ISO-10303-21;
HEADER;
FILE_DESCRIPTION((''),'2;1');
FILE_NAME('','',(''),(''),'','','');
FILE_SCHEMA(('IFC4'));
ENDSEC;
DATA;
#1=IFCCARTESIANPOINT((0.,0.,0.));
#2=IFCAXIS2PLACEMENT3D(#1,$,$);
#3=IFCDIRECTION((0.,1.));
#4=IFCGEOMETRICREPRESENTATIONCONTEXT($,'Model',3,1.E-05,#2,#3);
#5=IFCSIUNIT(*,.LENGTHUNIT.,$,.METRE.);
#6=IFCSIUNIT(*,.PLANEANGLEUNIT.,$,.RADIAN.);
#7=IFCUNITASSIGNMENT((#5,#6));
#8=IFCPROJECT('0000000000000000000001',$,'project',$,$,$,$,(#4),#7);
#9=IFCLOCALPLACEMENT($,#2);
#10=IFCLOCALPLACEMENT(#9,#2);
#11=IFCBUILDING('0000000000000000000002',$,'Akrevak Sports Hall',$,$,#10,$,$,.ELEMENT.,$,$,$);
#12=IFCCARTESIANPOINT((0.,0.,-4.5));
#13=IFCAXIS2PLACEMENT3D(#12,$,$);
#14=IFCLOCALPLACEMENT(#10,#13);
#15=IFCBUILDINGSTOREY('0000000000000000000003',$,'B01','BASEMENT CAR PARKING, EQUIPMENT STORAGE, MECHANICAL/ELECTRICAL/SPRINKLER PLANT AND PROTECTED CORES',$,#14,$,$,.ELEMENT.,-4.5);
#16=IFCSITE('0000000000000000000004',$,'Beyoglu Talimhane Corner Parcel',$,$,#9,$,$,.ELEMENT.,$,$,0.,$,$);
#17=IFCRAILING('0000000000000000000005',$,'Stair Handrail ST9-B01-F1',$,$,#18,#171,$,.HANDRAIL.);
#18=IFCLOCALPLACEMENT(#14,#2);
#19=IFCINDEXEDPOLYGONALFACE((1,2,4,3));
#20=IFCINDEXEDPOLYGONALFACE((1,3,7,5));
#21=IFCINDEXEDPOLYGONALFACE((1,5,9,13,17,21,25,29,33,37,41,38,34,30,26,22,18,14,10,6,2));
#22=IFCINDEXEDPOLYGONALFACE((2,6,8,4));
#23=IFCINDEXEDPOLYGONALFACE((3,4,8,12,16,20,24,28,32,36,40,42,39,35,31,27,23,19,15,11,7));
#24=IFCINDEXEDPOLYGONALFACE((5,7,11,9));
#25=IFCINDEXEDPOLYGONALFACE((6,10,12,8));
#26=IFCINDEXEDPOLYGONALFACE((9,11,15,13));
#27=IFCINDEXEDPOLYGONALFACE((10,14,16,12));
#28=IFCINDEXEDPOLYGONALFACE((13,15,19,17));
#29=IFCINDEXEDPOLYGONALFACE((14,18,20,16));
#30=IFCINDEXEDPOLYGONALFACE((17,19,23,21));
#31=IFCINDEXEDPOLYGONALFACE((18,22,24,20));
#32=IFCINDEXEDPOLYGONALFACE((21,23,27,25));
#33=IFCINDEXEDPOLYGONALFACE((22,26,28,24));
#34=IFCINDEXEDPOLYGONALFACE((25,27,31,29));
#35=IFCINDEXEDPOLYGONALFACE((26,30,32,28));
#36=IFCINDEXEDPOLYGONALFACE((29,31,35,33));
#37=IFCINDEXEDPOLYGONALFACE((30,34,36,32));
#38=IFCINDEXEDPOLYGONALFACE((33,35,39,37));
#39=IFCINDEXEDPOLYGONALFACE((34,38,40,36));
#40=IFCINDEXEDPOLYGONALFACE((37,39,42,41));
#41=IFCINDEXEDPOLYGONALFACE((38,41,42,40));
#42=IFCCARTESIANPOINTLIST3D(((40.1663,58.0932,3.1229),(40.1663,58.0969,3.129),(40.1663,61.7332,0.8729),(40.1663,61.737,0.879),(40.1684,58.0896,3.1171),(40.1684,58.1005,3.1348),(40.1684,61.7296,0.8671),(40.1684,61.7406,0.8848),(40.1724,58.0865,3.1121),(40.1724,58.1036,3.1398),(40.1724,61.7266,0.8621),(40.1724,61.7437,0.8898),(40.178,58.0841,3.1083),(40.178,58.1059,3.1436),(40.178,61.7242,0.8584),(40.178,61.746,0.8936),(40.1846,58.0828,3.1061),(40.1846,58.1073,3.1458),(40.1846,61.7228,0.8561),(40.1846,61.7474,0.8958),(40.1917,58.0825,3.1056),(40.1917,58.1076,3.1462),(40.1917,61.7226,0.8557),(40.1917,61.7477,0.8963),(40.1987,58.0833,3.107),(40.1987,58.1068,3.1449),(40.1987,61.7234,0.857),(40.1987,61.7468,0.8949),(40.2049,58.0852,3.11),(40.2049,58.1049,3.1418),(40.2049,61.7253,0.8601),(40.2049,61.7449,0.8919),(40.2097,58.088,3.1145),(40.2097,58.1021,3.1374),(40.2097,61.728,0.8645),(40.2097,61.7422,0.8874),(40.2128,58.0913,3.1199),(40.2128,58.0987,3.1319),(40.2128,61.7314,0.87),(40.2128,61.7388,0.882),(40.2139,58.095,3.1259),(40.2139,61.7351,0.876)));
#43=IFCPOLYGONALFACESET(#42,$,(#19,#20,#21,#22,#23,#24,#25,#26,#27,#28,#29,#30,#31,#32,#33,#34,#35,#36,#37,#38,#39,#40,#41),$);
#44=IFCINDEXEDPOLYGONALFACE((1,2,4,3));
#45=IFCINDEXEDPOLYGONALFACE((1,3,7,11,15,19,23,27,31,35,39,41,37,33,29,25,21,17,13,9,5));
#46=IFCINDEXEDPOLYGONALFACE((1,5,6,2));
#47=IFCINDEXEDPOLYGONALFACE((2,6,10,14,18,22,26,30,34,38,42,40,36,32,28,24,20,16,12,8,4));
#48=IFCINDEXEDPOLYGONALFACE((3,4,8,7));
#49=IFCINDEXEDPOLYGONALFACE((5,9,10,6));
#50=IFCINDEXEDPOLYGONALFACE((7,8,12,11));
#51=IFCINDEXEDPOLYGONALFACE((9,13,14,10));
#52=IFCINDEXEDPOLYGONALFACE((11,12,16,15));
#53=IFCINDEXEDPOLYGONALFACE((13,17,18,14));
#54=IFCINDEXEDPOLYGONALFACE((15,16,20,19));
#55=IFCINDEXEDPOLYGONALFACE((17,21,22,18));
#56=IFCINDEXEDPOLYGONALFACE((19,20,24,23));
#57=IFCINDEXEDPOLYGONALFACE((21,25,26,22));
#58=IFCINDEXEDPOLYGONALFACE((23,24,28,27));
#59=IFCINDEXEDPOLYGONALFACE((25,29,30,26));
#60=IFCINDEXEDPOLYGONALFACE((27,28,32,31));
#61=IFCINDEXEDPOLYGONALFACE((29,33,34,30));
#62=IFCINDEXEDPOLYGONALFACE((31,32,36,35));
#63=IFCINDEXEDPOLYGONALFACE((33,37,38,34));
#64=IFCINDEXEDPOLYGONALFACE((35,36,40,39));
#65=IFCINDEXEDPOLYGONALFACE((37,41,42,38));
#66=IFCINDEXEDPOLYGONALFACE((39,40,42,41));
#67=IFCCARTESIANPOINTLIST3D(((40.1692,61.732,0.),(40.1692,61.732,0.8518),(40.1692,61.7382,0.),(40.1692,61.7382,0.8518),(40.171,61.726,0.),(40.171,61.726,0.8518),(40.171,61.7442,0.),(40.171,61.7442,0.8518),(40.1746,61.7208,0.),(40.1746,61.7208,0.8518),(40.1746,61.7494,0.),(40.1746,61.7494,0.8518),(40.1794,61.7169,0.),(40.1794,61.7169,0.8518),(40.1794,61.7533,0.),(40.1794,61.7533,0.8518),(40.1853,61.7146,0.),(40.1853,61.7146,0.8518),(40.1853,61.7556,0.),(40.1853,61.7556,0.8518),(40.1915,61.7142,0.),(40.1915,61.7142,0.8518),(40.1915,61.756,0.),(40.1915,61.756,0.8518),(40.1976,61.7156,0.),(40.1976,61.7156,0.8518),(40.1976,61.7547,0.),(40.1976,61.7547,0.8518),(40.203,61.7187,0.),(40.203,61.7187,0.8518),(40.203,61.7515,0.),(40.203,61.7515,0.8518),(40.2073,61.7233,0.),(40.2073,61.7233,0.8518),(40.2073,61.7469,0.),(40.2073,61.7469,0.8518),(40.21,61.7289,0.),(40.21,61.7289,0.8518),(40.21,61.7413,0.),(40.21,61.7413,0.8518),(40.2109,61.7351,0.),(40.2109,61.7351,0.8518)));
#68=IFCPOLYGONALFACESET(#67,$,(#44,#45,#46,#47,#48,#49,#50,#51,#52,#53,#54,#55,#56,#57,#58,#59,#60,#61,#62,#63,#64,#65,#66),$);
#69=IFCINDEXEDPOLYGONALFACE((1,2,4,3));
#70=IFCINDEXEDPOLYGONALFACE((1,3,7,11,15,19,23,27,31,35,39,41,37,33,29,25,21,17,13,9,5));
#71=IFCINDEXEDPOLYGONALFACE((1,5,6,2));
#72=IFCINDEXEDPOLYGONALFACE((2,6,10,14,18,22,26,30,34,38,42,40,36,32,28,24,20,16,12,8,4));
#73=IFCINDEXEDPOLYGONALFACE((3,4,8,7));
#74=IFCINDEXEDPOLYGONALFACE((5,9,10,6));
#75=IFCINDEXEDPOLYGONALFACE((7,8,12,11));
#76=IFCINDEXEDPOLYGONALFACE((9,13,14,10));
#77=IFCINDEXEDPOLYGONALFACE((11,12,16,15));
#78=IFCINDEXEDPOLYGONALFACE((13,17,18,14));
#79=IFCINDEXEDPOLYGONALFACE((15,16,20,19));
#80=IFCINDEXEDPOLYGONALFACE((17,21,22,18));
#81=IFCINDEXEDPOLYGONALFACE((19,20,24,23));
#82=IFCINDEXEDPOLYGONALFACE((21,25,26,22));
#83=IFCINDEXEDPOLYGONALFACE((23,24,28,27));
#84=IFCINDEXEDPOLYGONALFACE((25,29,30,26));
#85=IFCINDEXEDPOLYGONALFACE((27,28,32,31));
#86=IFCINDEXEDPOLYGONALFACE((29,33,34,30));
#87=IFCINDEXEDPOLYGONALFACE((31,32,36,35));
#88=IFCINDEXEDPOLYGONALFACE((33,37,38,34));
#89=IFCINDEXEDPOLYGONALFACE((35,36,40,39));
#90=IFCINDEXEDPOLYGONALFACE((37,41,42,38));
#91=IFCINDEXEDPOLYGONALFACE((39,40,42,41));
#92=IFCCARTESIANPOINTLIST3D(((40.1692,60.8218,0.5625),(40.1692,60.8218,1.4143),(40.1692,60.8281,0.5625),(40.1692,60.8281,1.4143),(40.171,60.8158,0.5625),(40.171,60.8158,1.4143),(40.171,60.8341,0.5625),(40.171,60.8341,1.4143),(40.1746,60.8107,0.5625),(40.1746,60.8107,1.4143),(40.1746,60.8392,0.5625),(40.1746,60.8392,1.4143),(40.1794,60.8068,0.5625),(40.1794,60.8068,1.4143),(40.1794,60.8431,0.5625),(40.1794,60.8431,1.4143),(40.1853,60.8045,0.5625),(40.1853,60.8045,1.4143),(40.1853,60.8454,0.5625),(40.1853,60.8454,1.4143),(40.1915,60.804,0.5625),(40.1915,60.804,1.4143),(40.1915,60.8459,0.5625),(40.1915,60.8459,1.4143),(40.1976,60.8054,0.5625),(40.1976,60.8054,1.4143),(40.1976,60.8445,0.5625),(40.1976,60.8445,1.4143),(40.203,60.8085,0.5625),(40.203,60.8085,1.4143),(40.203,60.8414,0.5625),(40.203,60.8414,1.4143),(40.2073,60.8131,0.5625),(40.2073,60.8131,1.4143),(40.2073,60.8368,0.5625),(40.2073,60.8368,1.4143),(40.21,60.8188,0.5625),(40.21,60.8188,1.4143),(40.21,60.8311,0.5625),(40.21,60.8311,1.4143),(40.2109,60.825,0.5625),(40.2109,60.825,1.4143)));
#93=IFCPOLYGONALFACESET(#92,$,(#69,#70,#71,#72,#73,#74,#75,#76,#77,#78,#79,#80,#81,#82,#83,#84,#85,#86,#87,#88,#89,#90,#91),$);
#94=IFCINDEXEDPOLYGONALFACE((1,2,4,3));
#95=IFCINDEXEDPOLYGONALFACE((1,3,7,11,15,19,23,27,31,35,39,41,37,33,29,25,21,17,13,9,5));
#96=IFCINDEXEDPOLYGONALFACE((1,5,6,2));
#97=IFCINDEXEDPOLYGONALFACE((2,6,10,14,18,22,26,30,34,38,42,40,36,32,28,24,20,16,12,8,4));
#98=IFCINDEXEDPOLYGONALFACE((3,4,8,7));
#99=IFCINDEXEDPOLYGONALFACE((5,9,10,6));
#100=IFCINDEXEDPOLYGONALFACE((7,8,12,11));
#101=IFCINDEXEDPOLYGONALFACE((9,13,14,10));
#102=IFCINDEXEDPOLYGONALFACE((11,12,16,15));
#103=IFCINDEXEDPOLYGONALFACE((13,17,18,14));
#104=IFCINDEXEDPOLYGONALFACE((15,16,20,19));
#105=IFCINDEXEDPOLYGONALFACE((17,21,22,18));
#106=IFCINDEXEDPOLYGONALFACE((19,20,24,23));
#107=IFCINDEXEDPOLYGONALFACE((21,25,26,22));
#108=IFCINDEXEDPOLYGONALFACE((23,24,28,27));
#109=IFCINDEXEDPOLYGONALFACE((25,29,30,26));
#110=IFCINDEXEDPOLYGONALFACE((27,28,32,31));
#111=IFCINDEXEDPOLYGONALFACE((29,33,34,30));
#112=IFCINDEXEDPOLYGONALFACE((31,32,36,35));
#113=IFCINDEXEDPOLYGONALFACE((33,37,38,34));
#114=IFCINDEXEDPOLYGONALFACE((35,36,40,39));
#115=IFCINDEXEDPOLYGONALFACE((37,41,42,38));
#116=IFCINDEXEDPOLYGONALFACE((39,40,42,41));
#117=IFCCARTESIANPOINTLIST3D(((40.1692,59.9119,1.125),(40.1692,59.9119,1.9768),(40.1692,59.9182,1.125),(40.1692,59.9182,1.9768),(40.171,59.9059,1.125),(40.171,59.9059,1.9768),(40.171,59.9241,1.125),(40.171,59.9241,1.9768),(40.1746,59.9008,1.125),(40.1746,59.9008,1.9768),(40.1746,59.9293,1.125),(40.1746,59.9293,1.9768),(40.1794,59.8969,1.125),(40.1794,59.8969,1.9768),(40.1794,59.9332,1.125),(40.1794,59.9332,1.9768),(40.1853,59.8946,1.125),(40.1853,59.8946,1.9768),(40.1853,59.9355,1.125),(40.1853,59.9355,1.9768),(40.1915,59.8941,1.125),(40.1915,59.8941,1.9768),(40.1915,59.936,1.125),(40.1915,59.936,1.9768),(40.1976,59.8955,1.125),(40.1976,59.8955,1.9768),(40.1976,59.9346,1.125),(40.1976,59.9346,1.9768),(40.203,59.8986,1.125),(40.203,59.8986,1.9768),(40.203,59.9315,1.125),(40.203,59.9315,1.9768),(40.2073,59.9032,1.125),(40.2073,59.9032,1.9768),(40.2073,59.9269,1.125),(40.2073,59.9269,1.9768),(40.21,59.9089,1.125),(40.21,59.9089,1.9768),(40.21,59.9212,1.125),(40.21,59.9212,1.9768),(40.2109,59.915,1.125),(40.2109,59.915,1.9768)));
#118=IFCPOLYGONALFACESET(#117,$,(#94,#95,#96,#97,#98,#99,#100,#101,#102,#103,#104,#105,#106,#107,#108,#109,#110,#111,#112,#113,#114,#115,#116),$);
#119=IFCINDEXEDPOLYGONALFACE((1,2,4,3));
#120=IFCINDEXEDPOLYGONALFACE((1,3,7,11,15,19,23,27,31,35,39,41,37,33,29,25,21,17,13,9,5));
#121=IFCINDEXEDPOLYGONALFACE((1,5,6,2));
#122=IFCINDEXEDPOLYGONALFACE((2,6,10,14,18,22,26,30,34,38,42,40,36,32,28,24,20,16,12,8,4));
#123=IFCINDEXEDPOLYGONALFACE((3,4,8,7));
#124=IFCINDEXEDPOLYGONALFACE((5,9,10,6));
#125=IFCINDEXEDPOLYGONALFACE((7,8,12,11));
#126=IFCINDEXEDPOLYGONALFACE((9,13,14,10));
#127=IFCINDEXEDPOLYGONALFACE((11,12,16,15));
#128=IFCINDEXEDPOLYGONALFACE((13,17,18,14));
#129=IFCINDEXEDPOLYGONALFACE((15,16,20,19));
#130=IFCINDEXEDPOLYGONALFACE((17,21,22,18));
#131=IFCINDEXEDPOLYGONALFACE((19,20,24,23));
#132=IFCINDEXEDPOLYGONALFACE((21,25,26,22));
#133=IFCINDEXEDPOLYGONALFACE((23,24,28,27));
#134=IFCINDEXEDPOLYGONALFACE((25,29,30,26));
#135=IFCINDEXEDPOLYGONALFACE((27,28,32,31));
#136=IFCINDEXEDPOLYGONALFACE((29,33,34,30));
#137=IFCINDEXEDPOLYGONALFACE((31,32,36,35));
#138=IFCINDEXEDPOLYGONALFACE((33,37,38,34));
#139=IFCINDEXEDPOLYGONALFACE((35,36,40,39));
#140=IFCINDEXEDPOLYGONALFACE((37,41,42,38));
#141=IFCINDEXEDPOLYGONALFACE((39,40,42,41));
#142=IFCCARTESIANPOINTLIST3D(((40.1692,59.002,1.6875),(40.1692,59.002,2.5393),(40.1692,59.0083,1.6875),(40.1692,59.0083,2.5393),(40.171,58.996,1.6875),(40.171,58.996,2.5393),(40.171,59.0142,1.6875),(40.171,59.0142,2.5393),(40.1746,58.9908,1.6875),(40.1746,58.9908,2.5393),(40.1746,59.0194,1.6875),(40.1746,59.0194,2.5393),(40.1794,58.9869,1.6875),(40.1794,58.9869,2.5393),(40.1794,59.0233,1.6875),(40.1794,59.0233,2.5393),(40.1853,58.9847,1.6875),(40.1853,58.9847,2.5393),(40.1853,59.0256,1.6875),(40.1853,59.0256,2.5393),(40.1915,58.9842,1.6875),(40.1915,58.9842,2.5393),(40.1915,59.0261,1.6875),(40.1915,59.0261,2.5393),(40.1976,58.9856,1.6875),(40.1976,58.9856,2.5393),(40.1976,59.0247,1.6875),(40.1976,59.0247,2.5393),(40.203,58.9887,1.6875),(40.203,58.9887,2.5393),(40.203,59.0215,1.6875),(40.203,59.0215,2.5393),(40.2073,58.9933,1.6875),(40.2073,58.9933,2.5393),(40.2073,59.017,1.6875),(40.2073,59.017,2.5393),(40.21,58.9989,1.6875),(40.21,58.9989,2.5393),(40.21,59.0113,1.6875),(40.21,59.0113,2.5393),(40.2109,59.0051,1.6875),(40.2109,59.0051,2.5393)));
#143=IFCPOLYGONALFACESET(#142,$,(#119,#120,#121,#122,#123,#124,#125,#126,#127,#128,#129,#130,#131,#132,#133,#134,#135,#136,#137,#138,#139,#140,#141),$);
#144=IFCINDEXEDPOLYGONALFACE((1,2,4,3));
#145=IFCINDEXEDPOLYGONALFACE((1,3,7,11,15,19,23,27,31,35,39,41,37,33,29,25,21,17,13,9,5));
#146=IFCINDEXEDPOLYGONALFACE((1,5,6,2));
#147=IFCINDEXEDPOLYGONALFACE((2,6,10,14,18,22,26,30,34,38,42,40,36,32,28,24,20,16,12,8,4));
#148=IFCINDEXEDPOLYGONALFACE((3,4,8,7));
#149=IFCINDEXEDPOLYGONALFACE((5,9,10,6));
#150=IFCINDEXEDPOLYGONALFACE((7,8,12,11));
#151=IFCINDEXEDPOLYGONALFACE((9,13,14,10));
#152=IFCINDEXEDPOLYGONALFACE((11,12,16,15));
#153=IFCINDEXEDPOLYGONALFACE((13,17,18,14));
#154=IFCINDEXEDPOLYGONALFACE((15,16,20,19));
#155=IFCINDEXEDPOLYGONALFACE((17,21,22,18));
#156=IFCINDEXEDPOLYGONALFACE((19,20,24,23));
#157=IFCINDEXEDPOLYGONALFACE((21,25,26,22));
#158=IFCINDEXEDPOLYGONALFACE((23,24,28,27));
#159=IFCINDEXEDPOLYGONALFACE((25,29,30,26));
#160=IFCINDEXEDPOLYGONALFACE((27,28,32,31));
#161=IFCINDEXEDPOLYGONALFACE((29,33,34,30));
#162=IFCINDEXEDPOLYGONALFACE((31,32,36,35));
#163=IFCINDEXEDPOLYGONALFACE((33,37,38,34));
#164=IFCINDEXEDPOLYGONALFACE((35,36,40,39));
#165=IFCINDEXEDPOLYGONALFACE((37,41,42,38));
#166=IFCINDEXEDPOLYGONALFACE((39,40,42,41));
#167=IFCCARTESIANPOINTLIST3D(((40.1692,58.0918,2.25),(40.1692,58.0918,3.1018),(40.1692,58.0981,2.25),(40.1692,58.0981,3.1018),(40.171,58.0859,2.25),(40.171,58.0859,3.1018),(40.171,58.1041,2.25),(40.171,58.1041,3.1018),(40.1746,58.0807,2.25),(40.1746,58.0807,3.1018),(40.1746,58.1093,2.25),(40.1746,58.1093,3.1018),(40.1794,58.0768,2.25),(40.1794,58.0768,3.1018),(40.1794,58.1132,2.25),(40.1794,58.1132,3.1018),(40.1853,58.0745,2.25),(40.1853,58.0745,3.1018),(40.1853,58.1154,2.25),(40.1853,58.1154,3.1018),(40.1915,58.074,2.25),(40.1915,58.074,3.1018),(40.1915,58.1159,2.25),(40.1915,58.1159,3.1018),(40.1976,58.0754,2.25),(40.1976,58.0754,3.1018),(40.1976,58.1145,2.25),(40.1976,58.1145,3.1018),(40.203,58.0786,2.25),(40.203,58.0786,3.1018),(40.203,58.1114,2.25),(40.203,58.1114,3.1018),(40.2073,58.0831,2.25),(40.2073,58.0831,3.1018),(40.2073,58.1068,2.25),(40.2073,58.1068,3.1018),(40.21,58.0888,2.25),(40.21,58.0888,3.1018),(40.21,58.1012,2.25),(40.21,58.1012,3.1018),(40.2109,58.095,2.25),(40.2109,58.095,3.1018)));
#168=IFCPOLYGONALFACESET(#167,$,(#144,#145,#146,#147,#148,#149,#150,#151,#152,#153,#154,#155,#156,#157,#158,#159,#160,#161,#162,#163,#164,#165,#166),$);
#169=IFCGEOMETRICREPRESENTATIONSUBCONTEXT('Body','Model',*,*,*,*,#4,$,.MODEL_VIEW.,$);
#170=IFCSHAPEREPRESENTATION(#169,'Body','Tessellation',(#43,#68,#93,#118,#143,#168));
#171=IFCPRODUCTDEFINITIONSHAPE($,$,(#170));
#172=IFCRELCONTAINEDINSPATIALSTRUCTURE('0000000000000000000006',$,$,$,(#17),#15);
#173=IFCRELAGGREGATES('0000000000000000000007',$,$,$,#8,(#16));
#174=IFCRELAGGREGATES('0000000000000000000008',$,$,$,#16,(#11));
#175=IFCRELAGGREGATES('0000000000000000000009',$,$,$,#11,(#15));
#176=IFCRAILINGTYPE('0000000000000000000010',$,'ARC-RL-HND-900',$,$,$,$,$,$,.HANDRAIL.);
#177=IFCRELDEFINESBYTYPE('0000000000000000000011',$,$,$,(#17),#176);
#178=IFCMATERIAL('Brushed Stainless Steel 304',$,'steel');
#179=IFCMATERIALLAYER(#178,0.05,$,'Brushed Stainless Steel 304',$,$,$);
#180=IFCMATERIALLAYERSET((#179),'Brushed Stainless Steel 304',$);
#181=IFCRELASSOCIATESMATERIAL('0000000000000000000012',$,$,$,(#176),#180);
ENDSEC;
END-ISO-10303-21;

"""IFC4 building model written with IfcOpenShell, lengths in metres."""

from ifc_helpers import new_model, si_unit, direction, frame, origin, origin_2d, place, context, subcontext, project, spatial, circle, extrude, material, layer, layer_set, type_object, element, save


model = new_model("IFC4")

# Units and contexts
model_context = context("Model", 3, precision=1e-05, world=origin(), true_north=direction((0.0, 1.0)))
body_context = subcontext(model_context, "Body", "Model", "MODEL_VIEW")
ifc_project = project(units=[si_unit("LENGTHUNIT", "METRE"), si_unit("PLANEANGLEUNIT", "RADIAN")], contexts=[model_context])

# Site, building, storey
site_placement = place(None, origin())
site = spatial("IfcSite", under=ifc_project, at=site_placement, Name="Beyoglu Talimhane Corner Parcel", CompositionType="ELEMENT", RefElevation=0.0)
building_placement = place(site_placement, origin())
building = spatial("IfcBuilding", under=site, at=building_placement, Name="Akrevak Sports Hall", CompositionType="ELEMENT")
storey_placement = place(building_placement, frame((0.0, 0.0, -4.5)))
storey = spatial("IfcBuildingStorey", under=building, at=storey_placement, Name="B01", Description="BASEMENT CAR PARKING, EQUIPMENT STORAGE, MECHANICAL/ELECTRICAL/SPRINKLER PLANT AND PROTECTED CORES", CompositionType="ELEMENT", Elevation=-4.5)

# Railing
ifc_material_1 = material(Name="Brushed Stainless Steel 304", Category="steel")
ifc_layer_1 = layer(ifc_material_1, 0.05, Name="Brushed Stainless Steel 304")
ifc_layer_set_1 = layer_set([ifc_layer_1], Name="Brushed Stainless Steel 304")
railing_type_1 = type_object("IfcRailingType", Name="ARC-RL-HND-900", PredefinedType="HANDRAIL", material=ifc_layer_set_1)
railing_1_placement = place(storey_placement, frame((40.1899, 61.7351, 0.0)))
element("IfcRailing", 1, at=railing_1_placement, inside=storey, type_object=railing_type_1, Name="Stair Handrail ST9-B01-F1", PredefinedType="HANDRAIL", context=body_context, shape_type="SweptSolid", body=[
    extrude(circle(Radius=0.0239, at=origin_2d()), frame((0.0, 0.0, 0.876), z_axis=(0.0, -0.850622, 0.525777), x_axis=(1.0, 0.0, 0.0)), (0.0, 0.0, 1.0), 4.2793),
    extrude(circle(Radius=0.021, at=origin_2d()), origin(), (0.0, 0.0, 1.0), 0.8518),
    extrude(circle(Radius=0.021, at=origin_2d()), frame((0.0, -0.9102, 0.5625)), (0.0, 0.0, 1.0), 0.8518),
    extrude(circle(Radius=0.021, at=origin_2d()), frame((0.0, -1.8201, 1.125)), (0.0, 0.0, 1.0), 0.8518),
    extrude(circle(Radius=0.021, at=origin_2d()), frame((0.0, -2.73, 1.6875)), (0.0, 0.0, 1.0), 0.8518),
    extrude(circle(Radius=0.021, at=origin_2d()), frame((0.0, -3.6401, 2.25)), (0.0, 0.0, 1.0), 0.8518),
])

save(model, "model.ifc")
